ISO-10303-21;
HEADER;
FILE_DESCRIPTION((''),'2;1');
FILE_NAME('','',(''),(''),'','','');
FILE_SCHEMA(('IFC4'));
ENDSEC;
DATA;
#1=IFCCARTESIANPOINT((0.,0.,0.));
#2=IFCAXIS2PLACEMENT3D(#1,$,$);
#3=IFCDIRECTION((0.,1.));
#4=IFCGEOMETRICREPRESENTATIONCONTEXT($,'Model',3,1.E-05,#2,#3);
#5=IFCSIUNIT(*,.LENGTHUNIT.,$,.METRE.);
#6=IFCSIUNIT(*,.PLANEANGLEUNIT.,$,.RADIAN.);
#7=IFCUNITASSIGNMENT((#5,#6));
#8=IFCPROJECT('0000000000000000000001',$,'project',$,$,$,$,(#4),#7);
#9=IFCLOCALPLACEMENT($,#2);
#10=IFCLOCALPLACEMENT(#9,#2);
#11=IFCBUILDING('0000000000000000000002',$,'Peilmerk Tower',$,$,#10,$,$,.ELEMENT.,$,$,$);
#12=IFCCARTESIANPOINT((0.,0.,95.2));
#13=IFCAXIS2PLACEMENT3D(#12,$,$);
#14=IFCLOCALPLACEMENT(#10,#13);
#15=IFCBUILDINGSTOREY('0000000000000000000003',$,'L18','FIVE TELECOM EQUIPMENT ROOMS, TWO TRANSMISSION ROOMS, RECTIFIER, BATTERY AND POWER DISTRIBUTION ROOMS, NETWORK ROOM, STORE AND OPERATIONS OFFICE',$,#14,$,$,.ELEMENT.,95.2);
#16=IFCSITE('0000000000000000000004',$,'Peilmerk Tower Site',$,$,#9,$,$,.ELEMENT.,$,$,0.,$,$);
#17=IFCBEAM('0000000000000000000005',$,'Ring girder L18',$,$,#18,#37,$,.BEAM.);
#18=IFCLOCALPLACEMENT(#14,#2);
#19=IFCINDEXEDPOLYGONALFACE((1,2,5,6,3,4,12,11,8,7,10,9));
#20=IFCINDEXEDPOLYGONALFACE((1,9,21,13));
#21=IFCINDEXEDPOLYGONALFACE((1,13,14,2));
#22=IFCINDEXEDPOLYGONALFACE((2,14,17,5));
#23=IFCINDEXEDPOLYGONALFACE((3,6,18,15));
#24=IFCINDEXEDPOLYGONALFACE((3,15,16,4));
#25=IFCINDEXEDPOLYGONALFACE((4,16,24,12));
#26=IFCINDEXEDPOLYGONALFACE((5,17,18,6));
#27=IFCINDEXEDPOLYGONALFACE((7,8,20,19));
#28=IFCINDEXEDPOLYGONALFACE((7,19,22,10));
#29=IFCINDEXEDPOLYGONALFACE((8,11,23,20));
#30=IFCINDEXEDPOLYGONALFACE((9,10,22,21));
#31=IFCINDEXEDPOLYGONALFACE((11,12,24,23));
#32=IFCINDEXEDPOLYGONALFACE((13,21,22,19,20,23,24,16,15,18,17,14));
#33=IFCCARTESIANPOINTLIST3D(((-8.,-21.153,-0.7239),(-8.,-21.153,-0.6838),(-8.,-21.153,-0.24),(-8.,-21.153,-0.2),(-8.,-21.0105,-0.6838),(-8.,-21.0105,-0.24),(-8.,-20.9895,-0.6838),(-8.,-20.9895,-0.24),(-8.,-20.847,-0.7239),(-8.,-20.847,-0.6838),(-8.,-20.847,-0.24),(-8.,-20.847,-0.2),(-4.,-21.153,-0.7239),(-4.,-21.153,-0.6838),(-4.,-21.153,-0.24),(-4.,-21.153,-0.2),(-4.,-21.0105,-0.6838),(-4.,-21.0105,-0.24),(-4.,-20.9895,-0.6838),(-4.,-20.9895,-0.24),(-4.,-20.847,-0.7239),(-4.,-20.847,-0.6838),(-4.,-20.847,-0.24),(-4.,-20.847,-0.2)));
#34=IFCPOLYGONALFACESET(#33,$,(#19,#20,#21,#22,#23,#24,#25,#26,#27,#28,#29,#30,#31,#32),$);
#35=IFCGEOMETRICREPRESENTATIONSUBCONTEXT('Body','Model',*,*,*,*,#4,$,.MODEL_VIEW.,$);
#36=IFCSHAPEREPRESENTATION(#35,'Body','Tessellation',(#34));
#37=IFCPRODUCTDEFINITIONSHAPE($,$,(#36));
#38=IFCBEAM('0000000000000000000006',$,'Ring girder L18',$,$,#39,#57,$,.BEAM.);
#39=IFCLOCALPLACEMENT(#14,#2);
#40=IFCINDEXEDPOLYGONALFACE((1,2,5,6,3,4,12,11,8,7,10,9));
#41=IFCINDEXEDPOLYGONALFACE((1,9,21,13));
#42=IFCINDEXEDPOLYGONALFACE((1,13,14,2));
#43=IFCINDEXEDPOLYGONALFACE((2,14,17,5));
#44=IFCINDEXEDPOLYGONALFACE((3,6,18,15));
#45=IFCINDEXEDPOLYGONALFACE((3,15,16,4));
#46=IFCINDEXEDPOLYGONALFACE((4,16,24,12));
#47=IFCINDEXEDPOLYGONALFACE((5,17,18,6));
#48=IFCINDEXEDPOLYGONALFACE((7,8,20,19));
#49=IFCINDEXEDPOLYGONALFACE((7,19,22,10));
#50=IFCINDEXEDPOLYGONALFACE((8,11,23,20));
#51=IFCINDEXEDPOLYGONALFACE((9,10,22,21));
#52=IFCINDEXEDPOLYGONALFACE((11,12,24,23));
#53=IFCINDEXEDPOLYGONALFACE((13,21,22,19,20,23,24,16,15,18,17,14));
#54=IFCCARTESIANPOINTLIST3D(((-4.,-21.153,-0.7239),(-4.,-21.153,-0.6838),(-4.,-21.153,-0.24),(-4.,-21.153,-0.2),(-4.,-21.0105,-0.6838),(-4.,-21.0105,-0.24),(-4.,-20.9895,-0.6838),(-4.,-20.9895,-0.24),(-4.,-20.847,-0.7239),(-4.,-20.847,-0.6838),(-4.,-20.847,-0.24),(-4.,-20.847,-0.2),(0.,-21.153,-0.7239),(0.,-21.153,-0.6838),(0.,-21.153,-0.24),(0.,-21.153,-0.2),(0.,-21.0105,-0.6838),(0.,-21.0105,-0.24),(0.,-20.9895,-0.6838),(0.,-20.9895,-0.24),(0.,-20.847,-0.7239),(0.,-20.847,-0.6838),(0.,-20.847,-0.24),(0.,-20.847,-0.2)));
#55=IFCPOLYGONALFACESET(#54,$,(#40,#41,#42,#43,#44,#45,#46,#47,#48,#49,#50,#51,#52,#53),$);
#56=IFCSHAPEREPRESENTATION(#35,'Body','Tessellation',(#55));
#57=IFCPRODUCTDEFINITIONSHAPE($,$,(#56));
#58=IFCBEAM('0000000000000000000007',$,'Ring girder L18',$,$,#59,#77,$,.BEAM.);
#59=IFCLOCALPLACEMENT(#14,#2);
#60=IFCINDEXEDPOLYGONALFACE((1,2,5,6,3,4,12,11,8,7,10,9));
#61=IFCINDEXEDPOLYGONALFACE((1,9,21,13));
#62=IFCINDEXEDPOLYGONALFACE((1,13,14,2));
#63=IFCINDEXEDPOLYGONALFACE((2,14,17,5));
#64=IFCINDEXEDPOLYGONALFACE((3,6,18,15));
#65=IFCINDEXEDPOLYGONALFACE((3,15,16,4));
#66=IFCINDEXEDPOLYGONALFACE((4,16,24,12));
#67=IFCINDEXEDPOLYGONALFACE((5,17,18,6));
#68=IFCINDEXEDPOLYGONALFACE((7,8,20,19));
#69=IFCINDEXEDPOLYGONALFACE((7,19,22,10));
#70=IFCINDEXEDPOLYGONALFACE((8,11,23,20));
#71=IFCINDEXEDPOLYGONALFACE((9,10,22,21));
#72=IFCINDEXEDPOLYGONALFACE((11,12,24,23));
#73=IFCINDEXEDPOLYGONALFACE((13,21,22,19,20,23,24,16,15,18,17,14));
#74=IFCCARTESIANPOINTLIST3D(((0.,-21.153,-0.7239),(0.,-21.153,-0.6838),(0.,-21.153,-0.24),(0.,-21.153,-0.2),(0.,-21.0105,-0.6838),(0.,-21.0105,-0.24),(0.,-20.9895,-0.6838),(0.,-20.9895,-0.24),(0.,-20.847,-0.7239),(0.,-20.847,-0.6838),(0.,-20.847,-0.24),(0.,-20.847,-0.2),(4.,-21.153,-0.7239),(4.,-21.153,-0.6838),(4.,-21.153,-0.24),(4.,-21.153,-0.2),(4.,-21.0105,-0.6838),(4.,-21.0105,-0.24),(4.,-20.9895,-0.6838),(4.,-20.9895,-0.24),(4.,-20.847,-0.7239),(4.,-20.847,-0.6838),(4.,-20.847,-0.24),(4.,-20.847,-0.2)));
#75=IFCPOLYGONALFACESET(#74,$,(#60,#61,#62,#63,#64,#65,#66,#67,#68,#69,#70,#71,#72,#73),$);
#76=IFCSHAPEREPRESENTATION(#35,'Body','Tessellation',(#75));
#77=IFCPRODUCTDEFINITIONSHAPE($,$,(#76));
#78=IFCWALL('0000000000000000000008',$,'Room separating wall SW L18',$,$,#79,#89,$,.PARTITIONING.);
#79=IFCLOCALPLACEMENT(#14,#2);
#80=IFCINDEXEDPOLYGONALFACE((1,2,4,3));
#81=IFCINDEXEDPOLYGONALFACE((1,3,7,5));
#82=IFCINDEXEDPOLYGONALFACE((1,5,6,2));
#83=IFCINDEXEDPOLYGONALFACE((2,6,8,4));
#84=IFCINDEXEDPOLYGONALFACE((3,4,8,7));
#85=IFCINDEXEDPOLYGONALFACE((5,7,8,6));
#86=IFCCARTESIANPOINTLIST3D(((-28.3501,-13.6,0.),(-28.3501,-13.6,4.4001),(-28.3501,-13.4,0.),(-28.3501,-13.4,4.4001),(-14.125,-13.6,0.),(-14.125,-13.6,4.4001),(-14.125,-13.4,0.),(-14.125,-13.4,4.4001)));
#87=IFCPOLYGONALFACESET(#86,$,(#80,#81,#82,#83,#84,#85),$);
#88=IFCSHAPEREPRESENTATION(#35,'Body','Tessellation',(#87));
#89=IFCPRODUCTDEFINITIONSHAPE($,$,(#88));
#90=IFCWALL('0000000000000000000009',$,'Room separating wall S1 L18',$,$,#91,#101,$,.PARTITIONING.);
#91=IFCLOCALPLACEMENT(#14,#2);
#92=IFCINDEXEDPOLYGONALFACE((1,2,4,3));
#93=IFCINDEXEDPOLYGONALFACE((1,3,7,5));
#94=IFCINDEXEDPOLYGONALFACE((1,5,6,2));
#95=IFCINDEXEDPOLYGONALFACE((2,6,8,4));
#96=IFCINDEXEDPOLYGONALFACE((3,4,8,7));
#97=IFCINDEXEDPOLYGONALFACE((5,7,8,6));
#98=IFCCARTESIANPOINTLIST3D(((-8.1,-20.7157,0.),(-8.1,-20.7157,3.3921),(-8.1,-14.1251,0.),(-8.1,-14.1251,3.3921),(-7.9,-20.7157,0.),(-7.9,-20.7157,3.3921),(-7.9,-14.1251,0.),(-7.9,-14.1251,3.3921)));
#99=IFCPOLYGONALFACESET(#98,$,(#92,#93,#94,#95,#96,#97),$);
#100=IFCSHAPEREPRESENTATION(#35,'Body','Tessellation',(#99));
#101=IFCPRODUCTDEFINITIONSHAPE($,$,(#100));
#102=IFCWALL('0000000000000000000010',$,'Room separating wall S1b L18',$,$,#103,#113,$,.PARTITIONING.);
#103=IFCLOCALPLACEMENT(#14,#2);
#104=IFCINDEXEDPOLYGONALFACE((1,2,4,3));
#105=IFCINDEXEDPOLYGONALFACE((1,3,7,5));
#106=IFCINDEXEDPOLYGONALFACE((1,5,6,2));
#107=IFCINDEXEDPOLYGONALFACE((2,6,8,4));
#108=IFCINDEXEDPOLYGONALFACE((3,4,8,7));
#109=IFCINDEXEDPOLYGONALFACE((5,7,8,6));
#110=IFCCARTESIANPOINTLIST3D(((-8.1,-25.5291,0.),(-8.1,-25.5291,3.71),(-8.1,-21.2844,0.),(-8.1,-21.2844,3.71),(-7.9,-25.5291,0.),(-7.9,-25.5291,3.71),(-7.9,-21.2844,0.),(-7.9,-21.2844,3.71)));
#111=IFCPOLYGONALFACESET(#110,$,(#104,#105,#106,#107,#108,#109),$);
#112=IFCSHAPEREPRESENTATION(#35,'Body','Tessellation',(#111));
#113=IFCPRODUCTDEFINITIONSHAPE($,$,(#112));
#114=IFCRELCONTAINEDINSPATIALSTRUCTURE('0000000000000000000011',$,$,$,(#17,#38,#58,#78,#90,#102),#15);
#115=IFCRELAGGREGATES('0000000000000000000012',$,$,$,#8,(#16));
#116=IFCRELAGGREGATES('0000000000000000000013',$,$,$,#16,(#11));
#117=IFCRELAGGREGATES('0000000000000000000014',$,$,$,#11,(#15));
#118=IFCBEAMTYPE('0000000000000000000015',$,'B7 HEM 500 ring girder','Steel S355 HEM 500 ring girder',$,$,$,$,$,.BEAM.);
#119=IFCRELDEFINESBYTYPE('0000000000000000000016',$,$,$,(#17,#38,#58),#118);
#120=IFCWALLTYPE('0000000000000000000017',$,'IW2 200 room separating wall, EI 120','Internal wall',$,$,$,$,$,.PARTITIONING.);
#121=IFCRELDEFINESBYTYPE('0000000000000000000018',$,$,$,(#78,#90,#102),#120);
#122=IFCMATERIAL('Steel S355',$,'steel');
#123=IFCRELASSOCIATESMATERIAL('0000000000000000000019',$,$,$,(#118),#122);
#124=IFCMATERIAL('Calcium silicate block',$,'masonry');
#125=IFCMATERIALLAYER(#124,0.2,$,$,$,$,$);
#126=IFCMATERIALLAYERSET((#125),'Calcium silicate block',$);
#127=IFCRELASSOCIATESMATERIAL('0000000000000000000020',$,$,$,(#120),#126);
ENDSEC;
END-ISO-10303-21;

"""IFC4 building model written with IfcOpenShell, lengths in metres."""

from ifc_helpers import new_model, si_unit, direction, frame, frame_2d, origin, origin_2d, place, context, subcontext, project, spatial, rectangle, i_section, extrude, material, layer, layer_set, material_profile, profile_set, type_object, element, save


model = new_model("IFC4")

# Units and contexts
model_context = context("Model", 3, precision=1e-05, world=origin(), true_north=direction((0.0, 1.0)))
body_context = subcontext(model_context, "Body", "Model", "MODEL_VIEW")
ifc_project = project(units=[si_unit("LENGTHUNIT", "METRE"), si_unit("PLANEANGLEUNIT", "RADIAN")], contexts=[model_context])

# Site, building, storey
site_placement = place(None, origin())
site = spatial("IfcSite", under=ifc_project, at=site_placement, Name="Peilmerk Tower Site", CompositionType="ELEMENT", RefElevation=0.0)
building_placement = place(site_placement, origin())
building = spatial("IfcBuilding", under=site, at=building_placement, Name="Peilmerk Tower", CompositionType="ELEMENT")
storey_placement = place(building_placement, frame((0.0, 0.0, 95.2)))
storey = spatial("IfcBuildingStorey", under=building, at=storey_placement, Name="L18", Description="FIVE TELECOM EQUIPMENT ROOMS, TWO TRANSMISSION ROOMS, RECTIFIER, BATTERY AND POWER DISTRIBUTION ROOMS, NETWORK ROOM, STORE AND OPERATIONS OFFICE", CompositionType="ELEMENT", Elevation=95.2)

# Beams
ifc_material_1 = material(Name="Steel S355", Category="steel")
ifc_material_profile_1 = material_profile(ifc_material_1, i_section(OverallWidth=0.3059, OverallDepth=0.5239, WebThickness=0.021, FlangeThickness=0.04, at=origin_2d()), Name="HEM 500")
ifc_profile_set_1 = profile_set([ifc_material_profile_1], Name="Steel S355")
beam_type_1 = type_object("IfcBeamType", Name="B7 HEM 500 ring girder", Description="Steel S355 HEM 500 ring girder", PredefinedType="BEAM", material=ifc_profile_set_1)
for number, where, z_axis, x_axis, name in (
    (1, (-8.0, -21.0, -0.4619), (1.0, 0.0, 0.0), (0.0, 1.0, 0.0), "Ring girder L18"),
    (2, (-4.0, -21.0, -0.4619), (1.0, 0.0, 0.0), (0.0, 1.0, 0.0), "Ring girder L18"),
    (3, (0.0, -21.0, -0.4619), (1.0, 0.0, 0.0), (0.0, 1.0, 0.0), "Ring girder L18"),
):
    element("IfcBeam", number, at=place(storey_placement, frame(where, z_axis=z_axis, x_axis=x_axis)), inside=storey, type_object=beam_type_1, Name=name, PredefinedType="BEAM", context=body_context, shape_type="SweptSolid", body=[
        extrude(i_section(OverallWidth=0.3059, OverallDepth=0.5239, WebThickness=0.021, FlangeThickness=0.04, at=origin_2d()), origin(), (0.0, 0.0, 1.0), 4.0),
    ])

# Walls
ifc_material_2 = material(Name="Calcium silicate block", Category="masonry")
ifc_layer = layer(ifc_material_2, 0.2)
ifc_layer_set = layer_set([ifc_layer], Name="Calcium silicate block")
wall_type = type_object("IfcWallType", Name="IW2 200 room separating wall, EI 120", Description="Internal wall", PredefinedType="PARTITIONING", material=ifc_layer_set)
wall_1_placement = place(storey_placement, frame((-14.125, -13.5, 0.0), z_axis=(0.0, 0.0, 1.0), x_axis=(-1.0, 0.0, 0.0)))
element("IfcWall", 4, at=wall_1_placement, inside=storey, type_object=wall_type, Name="Room separating wall SW L18", PredefinedType="PARTITIONING", context=body_context, shape_type="SweptSolid", body=[
    extrude(rectangle(XDim=14.2251, YDim=0.2, at=frame_2d((7.1125, 0.0))), origin(), (0.0, 0.0, 1.0), 4.4001),
])
wall_2_placement = place(storey_placement, frame((-8.0, -14.125, 0.0), z_axis=(0.0, 0.0, 1.0), x_axis=(0.0, -1.0, 0.0)))
element("IfcWall", 5, at=wall_2_placement, inside=storey, type_object=wall_type, Name="Room separating wall S1 L18", PredefinedType="PARTITIONING", context=body_context, shape_type="SweptSolid", body=[
    extrude(rectangle(XDim=6.5906, YDim=0.2, at=frame_2d((3.2954, 0.0))), origin(), (0.0, 0.0, 1.0), 3.3921),
])
wall_3_placement = place(storey_placement, frame((-8.0, -21.2844, 0.0), z_axis=(0.0, 0.0, 1.0), x_axis=(0.0, -1.0, 0.0)))
element("IfcWall", 6, at=wall_3_placement, inside=storey, type_object=wall_type, Name="Room separating wall S1b L18", PredefinedType="PARTITIONING", context=body_context, shape_type="SweptSolid", body=[
    extrude(rectangle(XDim=4.2446, YDim=0.2, at=frame_2d((2.1223, 0.0))), origin(), (0.0, 0.0, 1.0), 3.71),
])

save(model, "model.ifc")
